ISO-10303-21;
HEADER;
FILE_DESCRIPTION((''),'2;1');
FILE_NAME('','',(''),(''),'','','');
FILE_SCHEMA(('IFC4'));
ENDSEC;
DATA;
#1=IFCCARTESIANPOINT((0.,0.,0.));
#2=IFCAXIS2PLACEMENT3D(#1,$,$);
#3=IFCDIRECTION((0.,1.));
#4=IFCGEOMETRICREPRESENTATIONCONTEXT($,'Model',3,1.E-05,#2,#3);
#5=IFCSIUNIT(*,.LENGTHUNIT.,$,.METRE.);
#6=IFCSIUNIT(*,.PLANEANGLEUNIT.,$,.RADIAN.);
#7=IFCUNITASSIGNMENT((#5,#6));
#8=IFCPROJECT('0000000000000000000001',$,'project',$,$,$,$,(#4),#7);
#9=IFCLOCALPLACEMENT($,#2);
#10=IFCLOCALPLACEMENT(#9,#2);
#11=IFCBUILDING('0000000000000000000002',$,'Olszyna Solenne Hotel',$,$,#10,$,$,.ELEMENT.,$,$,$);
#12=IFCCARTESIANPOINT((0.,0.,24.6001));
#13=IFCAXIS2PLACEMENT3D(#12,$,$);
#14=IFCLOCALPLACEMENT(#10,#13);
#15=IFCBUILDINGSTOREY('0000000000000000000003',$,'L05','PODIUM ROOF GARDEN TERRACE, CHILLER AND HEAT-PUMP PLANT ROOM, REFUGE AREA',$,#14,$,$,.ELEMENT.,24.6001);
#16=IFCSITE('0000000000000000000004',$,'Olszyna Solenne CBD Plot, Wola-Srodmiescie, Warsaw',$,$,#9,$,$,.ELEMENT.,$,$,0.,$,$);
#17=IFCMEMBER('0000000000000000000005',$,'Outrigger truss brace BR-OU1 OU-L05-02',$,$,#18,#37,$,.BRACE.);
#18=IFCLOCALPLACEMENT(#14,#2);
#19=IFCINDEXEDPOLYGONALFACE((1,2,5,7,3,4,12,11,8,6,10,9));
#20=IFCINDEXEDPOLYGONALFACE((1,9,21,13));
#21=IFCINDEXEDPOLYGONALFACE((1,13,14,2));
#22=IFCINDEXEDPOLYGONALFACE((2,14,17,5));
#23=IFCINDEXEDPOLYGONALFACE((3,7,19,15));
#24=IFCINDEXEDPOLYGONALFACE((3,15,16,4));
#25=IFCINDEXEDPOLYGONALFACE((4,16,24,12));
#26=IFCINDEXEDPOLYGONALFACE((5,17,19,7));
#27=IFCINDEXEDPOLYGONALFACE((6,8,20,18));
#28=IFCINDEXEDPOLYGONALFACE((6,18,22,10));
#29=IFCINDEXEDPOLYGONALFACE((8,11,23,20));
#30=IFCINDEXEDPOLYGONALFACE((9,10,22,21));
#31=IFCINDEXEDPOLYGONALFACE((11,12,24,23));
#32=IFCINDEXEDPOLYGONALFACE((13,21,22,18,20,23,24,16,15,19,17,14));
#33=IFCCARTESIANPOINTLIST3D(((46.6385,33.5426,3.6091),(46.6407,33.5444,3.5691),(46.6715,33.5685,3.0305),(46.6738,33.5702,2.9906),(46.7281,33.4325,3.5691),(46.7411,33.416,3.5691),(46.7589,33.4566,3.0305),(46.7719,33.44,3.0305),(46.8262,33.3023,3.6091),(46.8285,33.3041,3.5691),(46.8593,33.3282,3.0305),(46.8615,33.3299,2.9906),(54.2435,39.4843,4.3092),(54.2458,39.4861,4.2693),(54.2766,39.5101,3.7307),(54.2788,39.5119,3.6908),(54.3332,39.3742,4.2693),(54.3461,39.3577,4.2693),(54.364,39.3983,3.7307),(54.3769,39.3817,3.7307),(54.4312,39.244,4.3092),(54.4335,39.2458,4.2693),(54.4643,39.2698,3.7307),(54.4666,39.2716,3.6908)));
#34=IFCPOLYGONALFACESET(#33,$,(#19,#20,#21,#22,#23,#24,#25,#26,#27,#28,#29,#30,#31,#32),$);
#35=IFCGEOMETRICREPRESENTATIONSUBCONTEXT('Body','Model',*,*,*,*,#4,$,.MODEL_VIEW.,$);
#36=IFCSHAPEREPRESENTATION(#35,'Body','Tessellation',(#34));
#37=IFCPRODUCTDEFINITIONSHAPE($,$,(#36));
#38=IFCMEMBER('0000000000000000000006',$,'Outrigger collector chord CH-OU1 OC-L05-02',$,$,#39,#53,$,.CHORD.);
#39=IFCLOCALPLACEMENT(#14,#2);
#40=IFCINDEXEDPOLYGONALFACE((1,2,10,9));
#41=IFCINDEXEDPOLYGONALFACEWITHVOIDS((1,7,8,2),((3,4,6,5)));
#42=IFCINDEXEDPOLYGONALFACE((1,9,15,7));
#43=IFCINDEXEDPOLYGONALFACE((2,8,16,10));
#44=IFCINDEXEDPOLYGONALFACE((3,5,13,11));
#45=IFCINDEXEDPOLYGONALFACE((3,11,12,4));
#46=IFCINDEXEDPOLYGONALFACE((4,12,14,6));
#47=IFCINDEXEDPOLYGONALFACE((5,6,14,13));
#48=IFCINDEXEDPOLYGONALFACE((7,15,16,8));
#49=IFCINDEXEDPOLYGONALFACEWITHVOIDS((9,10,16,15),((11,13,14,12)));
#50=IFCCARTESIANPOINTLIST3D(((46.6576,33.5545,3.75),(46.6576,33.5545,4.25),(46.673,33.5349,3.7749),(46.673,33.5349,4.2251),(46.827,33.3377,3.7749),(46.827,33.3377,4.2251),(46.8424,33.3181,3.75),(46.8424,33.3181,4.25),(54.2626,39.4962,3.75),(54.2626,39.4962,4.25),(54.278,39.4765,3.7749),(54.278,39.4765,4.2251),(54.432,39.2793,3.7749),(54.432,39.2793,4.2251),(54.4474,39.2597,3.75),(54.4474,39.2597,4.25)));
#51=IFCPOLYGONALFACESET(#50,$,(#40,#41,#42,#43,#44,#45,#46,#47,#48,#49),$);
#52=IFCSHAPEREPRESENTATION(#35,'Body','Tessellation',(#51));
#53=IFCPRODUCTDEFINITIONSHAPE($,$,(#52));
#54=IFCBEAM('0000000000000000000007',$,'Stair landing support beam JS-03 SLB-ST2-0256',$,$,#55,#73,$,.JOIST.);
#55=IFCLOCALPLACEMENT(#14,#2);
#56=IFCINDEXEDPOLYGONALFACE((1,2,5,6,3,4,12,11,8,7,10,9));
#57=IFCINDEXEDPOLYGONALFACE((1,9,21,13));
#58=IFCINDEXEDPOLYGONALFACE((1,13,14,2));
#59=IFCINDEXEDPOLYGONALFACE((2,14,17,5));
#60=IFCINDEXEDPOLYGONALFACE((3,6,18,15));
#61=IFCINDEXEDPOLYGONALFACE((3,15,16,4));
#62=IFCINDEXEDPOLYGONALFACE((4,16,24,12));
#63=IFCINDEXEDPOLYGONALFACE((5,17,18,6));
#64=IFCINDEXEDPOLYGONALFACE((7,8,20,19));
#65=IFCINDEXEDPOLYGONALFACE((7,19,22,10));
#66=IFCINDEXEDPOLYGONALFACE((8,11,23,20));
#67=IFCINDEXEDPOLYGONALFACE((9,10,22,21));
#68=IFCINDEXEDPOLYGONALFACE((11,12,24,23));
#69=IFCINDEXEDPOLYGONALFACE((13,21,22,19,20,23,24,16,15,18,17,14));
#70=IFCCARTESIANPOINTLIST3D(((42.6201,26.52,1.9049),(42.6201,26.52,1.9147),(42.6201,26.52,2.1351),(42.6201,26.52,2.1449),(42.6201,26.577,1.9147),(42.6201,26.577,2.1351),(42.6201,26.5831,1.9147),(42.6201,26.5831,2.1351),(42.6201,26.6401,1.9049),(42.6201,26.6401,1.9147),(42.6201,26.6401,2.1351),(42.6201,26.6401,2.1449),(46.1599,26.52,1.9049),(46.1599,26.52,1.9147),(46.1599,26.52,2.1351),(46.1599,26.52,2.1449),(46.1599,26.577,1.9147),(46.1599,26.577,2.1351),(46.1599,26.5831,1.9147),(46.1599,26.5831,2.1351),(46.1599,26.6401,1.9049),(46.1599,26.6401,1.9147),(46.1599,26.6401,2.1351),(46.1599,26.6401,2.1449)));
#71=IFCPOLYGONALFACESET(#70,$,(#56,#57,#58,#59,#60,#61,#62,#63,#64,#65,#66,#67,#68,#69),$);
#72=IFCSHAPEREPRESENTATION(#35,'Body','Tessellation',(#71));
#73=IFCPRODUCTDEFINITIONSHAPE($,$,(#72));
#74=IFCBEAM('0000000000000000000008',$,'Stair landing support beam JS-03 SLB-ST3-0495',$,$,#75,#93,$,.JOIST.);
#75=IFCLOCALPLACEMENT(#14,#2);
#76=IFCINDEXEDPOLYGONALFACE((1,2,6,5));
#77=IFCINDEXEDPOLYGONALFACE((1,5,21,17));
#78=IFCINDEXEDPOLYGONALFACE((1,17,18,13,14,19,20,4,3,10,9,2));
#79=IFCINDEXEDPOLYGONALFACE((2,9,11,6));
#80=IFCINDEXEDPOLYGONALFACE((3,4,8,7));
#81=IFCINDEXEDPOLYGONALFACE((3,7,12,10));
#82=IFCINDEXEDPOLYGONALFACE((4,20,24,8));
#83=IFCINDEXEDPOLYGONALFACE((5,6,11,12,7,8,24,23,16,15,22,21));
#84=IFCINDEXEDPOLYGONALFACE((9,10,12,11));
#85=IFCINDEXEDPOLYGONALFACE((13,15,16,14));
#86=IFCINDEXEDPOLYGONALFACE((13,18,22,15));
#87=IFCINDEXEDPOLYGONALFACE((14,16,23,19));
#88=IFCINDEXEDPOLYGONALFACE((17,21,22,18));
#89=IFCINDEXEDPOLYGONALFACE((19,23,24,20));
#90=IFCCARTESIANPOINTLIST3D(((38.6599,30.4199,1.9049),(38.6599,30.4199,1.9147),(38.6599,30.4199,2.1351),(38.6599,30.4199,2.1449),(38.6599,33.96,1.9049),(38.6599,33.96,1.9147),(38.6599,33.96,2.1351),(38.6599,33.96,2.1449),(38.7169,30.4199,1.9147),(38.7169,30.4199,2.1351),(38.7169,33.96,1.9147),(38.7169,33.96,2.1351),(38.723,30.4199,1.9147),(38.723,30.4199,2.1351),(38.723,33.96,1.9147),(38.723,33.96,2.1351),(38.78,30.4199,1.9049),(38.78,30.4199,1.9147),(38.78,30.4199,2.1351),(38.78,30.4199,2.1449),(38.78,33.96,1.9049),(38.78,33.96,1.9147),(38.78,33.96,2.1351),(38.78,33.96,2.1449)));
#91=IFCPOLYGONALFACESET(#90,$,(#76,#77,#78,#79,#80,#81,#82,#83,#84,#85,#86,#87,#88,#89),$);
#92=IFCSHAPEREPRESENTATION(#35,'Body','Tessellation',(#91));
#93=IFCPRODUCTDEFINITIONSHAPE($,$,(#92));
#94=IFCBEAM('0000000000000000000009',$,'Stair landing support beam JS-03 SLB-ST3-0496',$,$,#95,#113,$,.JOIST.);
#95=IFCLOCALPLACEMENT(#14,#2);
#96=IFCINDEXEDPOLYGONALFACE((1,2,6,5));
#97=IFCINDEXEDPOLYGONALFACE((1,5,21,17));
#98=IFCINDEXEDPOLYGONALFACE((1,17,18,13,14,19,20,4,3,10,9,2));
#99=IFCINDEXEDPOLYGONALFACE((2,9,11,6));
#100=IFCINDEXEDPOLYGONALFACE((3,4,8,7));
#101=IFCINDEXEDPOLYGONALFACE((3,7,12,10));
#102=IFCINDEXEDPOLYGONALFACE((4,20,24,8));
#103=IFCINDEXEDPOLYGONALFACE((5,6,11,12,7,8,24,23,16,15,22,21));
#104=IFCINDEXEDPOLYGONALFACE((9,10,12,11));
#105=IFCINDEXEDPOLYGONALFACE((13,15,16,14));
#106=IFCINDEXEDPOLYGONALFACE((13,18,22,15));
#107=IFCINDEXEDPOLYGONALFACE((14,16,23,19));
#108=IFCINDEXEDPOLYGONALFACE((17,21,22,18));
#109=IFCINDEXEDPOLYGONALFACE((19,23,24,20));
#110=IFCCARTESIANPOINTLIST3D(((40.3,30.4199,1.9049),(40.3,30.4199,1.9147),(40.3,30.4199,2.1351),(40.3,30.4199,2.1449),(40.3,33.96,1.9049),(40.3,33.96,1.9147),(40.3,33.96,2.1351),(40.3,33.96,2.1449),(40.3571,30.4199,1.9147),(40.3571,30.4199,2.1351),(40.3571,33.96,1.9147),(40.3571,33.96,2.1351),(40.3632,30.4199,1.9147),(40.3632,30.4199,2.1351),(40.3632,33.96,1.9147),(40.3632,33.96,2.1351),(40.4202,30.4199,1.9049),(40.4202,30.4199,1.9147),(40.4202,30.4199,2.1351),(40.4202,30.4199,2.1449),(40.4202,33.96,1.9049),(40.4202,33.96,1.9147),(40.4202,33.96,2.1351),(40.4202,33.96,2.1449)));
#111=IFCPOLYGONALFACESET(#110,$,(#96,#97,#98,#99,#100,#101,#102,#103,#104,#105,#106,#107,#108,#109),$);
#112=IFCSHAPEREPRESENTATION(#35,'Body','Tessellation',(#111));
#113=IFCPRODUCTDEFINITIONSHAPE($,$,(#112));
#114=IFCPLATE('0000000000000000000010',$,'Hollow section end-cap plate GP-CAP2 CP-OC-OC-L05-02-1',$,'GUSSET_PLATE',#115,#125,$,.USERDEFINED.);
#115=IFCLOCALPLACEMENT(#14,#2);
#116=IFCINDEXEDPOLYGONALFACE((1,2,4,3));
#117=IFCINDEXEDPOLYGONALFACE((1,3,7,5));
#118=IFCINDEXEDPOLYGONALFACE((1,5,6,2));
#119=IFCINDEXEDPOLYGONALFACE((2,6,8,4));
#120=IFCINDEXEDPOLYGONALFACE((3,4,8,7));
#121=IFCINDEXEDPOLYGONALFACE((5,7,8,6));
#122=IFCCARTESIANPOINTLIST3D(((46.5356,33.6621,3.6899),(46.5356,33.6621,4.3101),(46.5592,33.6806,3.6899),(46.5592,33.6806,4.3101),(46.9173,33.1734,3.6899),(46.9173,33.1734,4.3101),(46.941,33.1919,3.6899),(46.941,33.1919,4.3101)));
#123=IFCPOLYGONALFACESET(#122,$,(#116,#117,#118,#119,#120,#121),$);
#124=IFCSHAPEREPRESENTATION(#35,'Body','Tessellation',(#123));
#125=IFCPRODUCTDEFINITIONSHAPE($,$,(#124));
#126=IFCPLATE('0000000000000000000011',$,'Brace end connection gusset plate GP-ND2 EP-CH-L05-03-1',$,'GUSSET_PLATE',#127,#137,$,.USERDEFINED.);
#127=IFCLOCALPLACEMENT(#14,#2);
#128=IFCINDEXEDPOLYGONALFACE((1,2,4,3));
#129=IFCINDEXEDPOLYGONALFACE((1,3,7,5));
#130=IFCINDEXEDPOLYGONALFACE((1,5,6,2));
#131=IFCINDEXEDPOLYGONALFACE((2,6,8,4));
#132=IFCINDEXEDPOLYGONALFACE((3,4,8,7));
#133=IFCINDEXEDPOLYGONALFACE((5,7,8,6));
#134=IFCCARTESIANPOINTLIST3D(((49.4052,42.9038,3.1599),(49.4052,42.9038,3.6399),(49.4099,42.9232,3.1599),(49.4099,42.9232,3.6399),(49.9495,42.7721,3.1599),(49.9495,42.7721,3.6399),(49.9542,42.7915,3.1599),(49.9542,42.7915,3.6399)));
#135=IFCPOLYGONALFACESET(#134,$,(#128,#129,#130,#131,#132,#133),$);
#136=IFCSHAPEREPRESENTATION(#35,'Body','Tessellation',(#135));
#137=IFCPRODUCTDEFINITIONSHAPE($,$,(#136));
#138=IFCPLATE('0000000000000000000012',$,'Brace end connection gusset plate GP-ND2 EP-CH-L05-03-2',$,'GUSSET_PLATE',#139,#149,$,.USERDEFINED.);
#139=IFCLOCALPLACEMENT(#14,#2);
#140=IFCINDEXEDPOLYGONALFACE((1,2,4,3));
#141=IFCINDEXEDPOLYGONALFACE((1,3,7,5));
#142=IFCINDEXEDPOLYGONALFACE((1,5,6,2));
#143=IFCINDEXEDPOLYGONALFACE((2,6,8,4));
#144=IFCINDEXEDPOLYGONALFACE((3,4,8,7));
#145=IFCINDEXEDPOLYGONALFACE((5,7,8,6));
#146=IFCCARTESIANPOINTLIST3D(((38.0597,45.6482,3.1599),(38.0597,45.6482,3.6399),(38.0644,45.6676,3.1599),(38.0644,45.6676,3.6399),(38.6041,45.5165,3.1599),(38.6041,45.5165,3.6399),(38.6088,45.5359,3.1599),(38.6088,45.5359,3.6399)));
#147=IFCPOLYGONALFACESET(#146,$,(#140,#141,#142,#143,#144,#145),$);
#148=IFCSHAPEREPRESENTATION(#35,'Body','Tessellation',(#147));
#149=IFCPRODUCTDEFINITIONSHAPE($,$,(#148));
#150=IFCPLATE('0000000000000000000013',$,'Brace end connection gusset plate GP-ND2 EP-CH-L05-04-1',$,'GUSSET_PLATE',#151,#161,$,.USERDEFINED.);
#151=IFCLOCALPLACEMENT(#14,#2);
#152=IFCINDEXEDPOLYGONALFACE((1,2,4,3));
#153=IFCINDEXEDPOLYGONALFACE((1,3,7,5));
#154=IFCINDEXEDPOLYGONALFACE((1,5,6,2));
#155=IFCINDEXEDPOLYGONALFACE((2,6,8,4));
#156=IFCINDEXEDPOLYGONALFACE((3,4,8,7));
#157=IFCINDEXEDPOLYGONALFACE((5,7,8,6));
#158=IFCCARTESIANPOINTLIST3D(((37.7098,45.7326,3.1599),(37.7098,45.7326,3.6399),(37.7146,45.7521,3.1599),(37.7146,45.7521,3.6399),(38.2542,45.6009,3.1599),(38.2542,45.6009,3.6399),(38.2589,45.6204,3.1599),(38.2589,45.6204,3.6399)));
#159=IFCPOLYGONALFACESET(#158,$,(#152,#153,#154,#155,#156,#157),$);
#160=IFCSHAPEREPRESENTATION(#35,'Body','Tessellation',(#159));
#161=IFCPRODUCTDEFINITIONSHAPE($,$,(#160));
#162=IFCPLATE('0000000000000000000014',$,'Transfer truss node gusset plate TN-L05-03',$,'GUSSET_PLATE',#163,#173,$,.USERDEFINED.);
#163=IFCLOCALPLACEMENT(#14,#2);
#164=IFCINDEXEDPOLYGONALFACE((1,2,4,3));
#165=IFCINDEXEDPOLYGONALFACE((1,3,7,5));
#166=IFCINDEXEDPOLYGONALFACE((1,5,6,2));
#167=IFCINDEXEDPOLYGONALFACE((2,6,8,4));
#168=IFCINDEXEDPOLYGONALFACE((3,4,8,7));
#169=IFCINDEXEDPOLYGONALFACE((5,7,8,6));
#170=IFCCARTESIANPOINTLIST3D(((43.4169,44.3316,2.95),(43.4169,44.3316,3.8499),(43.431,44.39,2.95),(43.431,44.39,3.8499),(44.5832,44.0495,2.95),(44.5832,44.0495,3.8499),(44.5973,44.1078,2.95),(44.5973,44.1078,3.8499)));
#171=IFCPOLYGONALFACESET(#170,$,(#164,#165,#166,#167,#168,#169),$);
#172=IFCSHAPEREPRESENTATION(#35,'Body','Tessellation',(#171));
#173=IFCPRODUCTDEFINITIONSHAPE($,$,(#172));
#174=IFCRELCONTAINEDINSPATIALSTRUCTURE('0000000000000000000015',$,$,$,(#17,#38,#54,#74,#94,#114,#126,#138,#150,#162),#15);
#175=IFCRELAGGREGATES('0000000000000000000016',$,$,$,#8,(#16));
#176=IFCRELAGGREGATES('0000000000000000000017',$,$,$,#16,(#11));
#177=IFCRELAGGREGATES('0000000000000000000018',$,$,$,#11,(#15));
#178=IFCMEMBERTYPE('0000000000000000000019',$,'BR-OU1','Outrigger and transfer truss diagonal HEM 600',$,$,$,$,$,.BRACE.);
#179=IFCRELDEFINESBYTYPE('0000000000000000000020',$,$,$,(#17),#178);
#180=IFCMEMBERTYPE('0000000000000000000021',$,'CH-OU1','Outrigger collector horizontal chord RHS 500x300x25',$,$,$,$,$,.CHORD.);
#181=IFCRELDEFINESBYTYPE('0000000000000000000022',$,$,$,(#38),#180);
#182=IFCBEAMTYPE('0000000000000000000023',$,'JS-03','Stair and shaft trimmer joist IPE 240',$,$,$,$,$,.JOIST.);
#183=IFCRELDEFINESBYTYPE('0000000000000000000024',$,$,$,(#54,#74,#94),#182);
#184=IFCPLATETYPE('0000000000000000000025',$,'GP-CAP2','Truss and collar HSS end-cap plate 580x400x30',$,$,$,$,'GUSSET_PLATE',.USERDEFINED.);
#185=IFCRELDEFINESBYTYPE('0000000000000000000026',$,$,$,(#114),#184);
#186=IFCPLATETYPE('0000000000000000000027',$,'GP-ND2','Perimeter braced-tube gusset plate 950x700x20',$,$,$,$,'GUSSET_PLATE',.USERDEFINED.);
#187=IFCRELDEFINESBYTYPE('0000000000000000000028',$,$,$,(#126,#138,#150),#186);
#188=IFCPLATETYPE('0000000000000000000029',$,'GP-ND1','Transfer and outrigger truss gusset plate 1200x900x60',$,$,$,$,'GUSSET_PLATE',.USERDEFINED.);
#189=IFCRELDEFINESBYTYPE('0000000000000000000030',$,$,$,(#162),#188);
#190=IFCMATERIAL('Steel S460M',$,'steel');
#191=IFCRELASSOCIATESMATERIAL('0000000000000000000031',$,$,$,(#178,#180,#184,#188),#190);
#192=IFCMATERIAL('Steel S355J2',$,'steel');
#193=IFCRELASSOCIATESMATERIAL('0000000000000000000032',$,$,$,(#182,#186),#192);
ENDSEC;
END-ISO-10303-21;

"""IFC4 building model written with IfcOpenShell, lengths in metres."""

from ifc_helpers import new_model, si_unit, direction, frame, origin, origin_2d, place, context, subcontext, project, spatial, rectangle, hollow_rectangle, i_section, extrude, source, transform, mapped, material, material_profile, profile_set, type_object, element, save


model = new_model("IFC4")

# Units and contexts
model_context = context("Model", 3, precision=1e-05, world=origin(), true_north=direction((0.0, 1.0)))
body_context = subcontext(model_context, "Body", "Model", "MODEL_VIEW")
ifc_project = project(units=[si_unit("LENGTHUNIT", "METRE"), si_unit("PLANEANGLEUNIT", "RADIAN")], contexts=[model_context])

# Site, building, storey
site_placement = place(None, origin())
site = spatial("IfcSite", under=ifc_project, at=site_placement, Name="Olszyna Solenne CBD Plot, Wola-Srodmiescie, Warsaw", CompositionType="ELEMENT", RefElevation=0.0)
building_placement = place(site_placement, origin())
building = spatial("IfcBuilding", under=site, at=building_placement, Name="Olszyna Solenne Hotel", CompositionType="ELEMENT")
storey_placement = place(building_placement, frame((0.0, 0.0, 24.6001)))
storey = spatial("IfcBuildingStorey", under=building, at=storey_placement, Name="L05", Description="PODIUM ROOF GARDEN TERRACE, CHILLER AND HEAT-PUMP PLANT ROOM, REFUGE AREA", CompositionType="ELEMENT", Elevation=24.6001)

# Shared definitions
ifc_material_1 = material(Name="Steel S460M", Category="steel")

# Shared definitions
ifc_material_2 = material(Name="Steel S355J2", Category="steel")

# Members
ifc_material_profile_1 = material_profile(ifc_material_1, i_section(OverallWidth=0.3049, OverallDepth=0.6201, WebThickness=0.021, FlangeThickness=0.04, at=origin_2d()), Name="HEM 600", Category="load-bearing")
ifc_profile_set_1 = profile_set([ifc_material_profile_1], Name="Steel S460M")
member_type_1 = type_object("IfcMemberType", Name="BR-OU1", Description="Outrigger and transfer truss diagonal HEM 600", PredefinedType="BRACE", material=ifc_profile_set_1)
shared_shape_1 = source(origin(), body_context, "Body", "SweptSolid", [
    extrude(i_section(OverallWidth=0.3049, OverallDepth=0.6201, WebThickness=0.021, FlangeThickness=0.04, at=origin_2d()), origin(), (0.0, 0.0, 1.0), 9.6763),
])
member_1_placement = place(storey_placement, frame((46.75, 33.4363, 3.2998), z_axis=(0.785945, 0.614047, 0.072362), x_axis=(-0.615661, 0.788011, 0.0)))
element("IfcMember", 1, at=member_1_placement, inside=storey, type_object=member_type_1, Name="Outrigger truss brace BR-OU1 OU-L05-02", PredefinedType="BRACE", context=body_context, shape_type="MappedRepresentation", body=[
    mapped(shared_shape_1, transform((0.0, 0.0, 0.0), x_axis=(1.0, 0.0, 0.0), y_axis=(0.0, 1.0, 0.0), z_axis=(0.0, 0.0, 1.0), scale=1.0)),
])
ifc_material_profile_2 = material_profile(ifc_material_1, hollow_rectangle(XDim=0.3, YDim=0.5, WallThickness=0.0249, at=origin_2d()), Name="RHS 500x300x25", Category="load-bearing")
ifc_profile_set_2 = profile_set([ifc_material_profile_2], Name="Steel S460M")
member_type_2 = type_object("IfcMemberType", Name="CH-OU1", Description="Outrigger collector horizontal chord RHS 500x300x25", PredefinedType="CHORD", material=ifc_profile_set_2)
shared_shape_2 = source(origin(), body_context, "Body", "SweptSolid", [
    extrude(hollow_rectangle(XDim=0.3, YDim=0.5, WallThickness=0.0249, at=origin_2d()), origin(), (0.0, 0.0, 1.0), 9.6509),
])
member_2_placement = place(storey_placement, frame((46.75, 33.4363, 4.0), z_axis=(0.788011, 0.615661, 0.0), x_axis=(-0.615661, 0.788011, 0.0)))
element("IfcMember", 2, at=member_2_placement, inside=storey, type_object=member_type_2, Name="Outrigger collector chord CH-OU1 OC-L05-02", PredefinedType="CHORD", context=body_context, shape_type="MappedRepresentation", body=[
    mapped(shared_shape_2, transform((0.0, 0.0, 0.0), x_axis=(1.0, 0.0, 0.0), y_axis=(0.0, 1.0, 0.0), z_axis=(0.0, 0.0, 1.0), scale=1.0)),
])

# Beams
ifc_material_profile_3 = material_profile(ifc_material_2, i_section(OverallWidth=0.1201, OverallDepth=0.24, WebThickness=0.0061, FlangeThickness=0.0098, at=origin_2d()), Name="IPE 240", Category="load-bearing")
ifc_profile_set_3 = profile_set([ifc_material_profile_3], Name="Steel S355J2")
beam_type_1 = type_object("IfcBeamType", Name="JS-03", Description="Stair and shaft trimmer joist IPE 240", PredefinedType="JOIST", material=ifc_profile_set_3)
shared_shape_3 = source(origin(), body_context, "Body", "SweptSolid", [
    extrude(i_section(OverallWidth=0.1201, OverallDepth=0.24, WebThickness=0.0061, FlangeThickness=0.0098, at=origin_2d()), origin(), (0.0, 0.0, 1.0), 3.5398),
])
beam_1_placement = place(storey_placement, frame((46.1599, 26.5801, 2.0249), z_axis=(-1.0, 0.0, 0.0), x_axis=(0.0, -1.0, 0.0)))
element("IfcBeam", 3, at=beam_1_placement, inside=storey, type_object=beam_type_1, Name="Stair landing support beam JS-03 SLB-ST2-0256", PredefinedType="JOIST", context=body_context, shape_type="MappedRepresentation", body=[
    mapped(shared_shape_3, transform((0.0, 0.0, 0.0), x_axis=(1.0, 0.0, 0.0), y_axis=(0.0, 1.0, 0.0), z_axis=(0.0, 0.0, 1.0), scale=1.0)),
])
shared_shape_4 = source(origin(), body_context, "Body", "SweptSolid", [
    extrude(i_section(OverallWidth=0.1201, OverallDepth=0.24, WebThickness=0.0061, FlangeThickness=0.0098, at=origin_2d()), origin(), (0.0, 0.0, 1.0), 3.54),
])
for number, where, z_axis, x_axis, name in (
    (4, (38.72, 30.4199, 2.0249), (0.0, 1.0, 0.0), (-1.0, 0.0, 0.0), "Stair landing support beam JS-03 SLB-ST3-0495"),
    (5, (40.3601, 30.4199, 2.0249), (0.0, 1.0, 0.0), (-1.0, 0.0, 0.0), "Stair landing support beam JS-03 SLB-ST3-0496"),
):
    element("IfcBeam", number, at=place(storey_placement, frame(where, z_axis=z_axis, x_axis=x_axis)), inside=storey, type_object=beam_type_1, Name=name, PredefinedType="JOIST", context=body_context, shape_type="MappedRepresentation", body=[
        mapped(shared_shape_4, transform((0.0, 0.0, 0.0), x_axis=(1.0, 0.0, 0.0), y_axis=(0.0, 1.0, 0.0), z_axis=(0.0, 0.0, 1.0), scale=1.0)),
    ])

# Plates
plate_type_1 = type_object("IfcPlateType", Name="GP-CAP2", Description="Truss and collar HSS end-cap plate 580x400x30", ElementType="GUSSET_PLATE", PredefinedType="USERDEFINED", material=ifc_material_1)
shared_shape_5 = source(origin(), body_context, "Body", "SweptSolid", [
    extrude(rectangle(XDim=0.03, YDim=0.6201, at=origin_2d()), origin(), (0.0, 0.0, 1.0), 0.6201),
])
plate_1_placement = place(storey_placement, frame((46.7383, 33.427, 3.6899), z_axis=(0.0, 0.0, 1.0), x_axis=(0.788011, 0.615661, 0.0)))
element("IfcPlate", 6, at=plate_1_placement, inside=storey, type_object=plate_type_1, Name="Hollow section end-cap plate GP-CAP2 CP-OC-OC-L05-02-1", ObjectType="GUSSET_PLATE", PredefinedType="USERDEFINED", context=body_context, shape_type="MappedRepresentation", body=[
    mapped(shared_shape_5, transform((0.0, 0.0, 0.0), x_axis=(1.0, 0.0, 0.0), y_axis=(0.0, 1.0, 0.0), z_axis=(0.0, 0.0, 1.0), scale=1.0)),
])
plate_type_2 = type_object("IfcPlateType", Name="GP-ND2", Description="Perimeter braced-tube gusset plate 950x700x20", ElementType="GUSSET_PLATE", PredefinedType="USERDEFINED", material=ifc_material_2)
shared_shape_6 = source(origin(), body_context, "Body", "SweptSolid", [
    extrude(rectangle(XDim=0.5601, YDim=0.02, at=origin_2d()), origin(), (0.0, 0.0, 1.0), 0.48),
])
for number, where, z_axis, x_axis, name in (
    (7, (49.6797, 42.8477, 3.1599), (0.0, 0.0, 1.0), (-0.971961, 0.235142, 0.0), "Brace end connection gusset plate GP-ND2 EP-CH-L05-03-1"),
    (8, (38.3342, 45.592, 3.1599), (0.0, 0.0, 1.0), (-0.971961, 0.235142, 0.0), "Brace end connection gusset plate GP-ND2 EP-CH-L05-03-2"),
    (9, (37.9844, 45.6765, 3.1599), (0.0, 0.0, 1.0), (-0.971961, 0.235142, 0.0), "Brace end connection gusset plate GP-ND2 EP-CH-L05-04-1"),
):
    element("IfcPlate", number, at=place(storey_placement, frame(where, z_axis=z_axis, x_axis=x_axis)), inside=storey, type_object=plate_type_2, Name=name, ObjectType="GUSSET_PLATE", PredefinedType="USERDEFINED", context=body_context, shape_type="MappedRepresentation", body=[
        mapped(shared_shape_6, transform((0.0, 0.0, 0.0), x_axis=(1.0, 0.0, 0.0), y_axis=(0.0, 1.0, 0.0), z_axis=(0.0, 0.0, 1.0), scale=1.0)),
    ])
plate_type_3 = type_object("IfcPlateType", Name="GP-ND1", Description="Transfer and outrigger truss gusset plate 1200x900x60", ElementType="GUSSET_PLATE", PredefinedType="USERDEFINED", material=ifc_material_1)
shared_shape_7 = source(origin(), body_context, "Body", "SweptSolid", [
    extrude(rectangle(XDim=1.2, YDim=0.0601, at=origin_2d()), origin(), (0.0, 0.0, 1.0), 0.8999),
])
plate_2_placement = place(storey_placement, frame((44.0071, 44.2197, 2.95), z_axis=(0.0, 0.0, 1.0), x_axis=(-0.971961, 0.235142, 0.0)))
element("IfcPlate", 10, at=plate_2_placement, inside=storey, type_object=plate_type_3, Name="Transfer truss node gusset plate TN-L05-03", ObjectType="GUSSET_PLATE", PredefinedType="USERDEFINED", context=body_context, shape_type="MappedRepresentation", body=[
    mapped(shared_shape_7, transform((0.0, 0.0, 0.0), x_axis=(1.0, 0.0, 0.0), y_axis=(0.0, 1.0, 0.0), z_axis=(0.0, 0.0, 1.0), scale=1.0)),
])

save(model, "model.ifc")
